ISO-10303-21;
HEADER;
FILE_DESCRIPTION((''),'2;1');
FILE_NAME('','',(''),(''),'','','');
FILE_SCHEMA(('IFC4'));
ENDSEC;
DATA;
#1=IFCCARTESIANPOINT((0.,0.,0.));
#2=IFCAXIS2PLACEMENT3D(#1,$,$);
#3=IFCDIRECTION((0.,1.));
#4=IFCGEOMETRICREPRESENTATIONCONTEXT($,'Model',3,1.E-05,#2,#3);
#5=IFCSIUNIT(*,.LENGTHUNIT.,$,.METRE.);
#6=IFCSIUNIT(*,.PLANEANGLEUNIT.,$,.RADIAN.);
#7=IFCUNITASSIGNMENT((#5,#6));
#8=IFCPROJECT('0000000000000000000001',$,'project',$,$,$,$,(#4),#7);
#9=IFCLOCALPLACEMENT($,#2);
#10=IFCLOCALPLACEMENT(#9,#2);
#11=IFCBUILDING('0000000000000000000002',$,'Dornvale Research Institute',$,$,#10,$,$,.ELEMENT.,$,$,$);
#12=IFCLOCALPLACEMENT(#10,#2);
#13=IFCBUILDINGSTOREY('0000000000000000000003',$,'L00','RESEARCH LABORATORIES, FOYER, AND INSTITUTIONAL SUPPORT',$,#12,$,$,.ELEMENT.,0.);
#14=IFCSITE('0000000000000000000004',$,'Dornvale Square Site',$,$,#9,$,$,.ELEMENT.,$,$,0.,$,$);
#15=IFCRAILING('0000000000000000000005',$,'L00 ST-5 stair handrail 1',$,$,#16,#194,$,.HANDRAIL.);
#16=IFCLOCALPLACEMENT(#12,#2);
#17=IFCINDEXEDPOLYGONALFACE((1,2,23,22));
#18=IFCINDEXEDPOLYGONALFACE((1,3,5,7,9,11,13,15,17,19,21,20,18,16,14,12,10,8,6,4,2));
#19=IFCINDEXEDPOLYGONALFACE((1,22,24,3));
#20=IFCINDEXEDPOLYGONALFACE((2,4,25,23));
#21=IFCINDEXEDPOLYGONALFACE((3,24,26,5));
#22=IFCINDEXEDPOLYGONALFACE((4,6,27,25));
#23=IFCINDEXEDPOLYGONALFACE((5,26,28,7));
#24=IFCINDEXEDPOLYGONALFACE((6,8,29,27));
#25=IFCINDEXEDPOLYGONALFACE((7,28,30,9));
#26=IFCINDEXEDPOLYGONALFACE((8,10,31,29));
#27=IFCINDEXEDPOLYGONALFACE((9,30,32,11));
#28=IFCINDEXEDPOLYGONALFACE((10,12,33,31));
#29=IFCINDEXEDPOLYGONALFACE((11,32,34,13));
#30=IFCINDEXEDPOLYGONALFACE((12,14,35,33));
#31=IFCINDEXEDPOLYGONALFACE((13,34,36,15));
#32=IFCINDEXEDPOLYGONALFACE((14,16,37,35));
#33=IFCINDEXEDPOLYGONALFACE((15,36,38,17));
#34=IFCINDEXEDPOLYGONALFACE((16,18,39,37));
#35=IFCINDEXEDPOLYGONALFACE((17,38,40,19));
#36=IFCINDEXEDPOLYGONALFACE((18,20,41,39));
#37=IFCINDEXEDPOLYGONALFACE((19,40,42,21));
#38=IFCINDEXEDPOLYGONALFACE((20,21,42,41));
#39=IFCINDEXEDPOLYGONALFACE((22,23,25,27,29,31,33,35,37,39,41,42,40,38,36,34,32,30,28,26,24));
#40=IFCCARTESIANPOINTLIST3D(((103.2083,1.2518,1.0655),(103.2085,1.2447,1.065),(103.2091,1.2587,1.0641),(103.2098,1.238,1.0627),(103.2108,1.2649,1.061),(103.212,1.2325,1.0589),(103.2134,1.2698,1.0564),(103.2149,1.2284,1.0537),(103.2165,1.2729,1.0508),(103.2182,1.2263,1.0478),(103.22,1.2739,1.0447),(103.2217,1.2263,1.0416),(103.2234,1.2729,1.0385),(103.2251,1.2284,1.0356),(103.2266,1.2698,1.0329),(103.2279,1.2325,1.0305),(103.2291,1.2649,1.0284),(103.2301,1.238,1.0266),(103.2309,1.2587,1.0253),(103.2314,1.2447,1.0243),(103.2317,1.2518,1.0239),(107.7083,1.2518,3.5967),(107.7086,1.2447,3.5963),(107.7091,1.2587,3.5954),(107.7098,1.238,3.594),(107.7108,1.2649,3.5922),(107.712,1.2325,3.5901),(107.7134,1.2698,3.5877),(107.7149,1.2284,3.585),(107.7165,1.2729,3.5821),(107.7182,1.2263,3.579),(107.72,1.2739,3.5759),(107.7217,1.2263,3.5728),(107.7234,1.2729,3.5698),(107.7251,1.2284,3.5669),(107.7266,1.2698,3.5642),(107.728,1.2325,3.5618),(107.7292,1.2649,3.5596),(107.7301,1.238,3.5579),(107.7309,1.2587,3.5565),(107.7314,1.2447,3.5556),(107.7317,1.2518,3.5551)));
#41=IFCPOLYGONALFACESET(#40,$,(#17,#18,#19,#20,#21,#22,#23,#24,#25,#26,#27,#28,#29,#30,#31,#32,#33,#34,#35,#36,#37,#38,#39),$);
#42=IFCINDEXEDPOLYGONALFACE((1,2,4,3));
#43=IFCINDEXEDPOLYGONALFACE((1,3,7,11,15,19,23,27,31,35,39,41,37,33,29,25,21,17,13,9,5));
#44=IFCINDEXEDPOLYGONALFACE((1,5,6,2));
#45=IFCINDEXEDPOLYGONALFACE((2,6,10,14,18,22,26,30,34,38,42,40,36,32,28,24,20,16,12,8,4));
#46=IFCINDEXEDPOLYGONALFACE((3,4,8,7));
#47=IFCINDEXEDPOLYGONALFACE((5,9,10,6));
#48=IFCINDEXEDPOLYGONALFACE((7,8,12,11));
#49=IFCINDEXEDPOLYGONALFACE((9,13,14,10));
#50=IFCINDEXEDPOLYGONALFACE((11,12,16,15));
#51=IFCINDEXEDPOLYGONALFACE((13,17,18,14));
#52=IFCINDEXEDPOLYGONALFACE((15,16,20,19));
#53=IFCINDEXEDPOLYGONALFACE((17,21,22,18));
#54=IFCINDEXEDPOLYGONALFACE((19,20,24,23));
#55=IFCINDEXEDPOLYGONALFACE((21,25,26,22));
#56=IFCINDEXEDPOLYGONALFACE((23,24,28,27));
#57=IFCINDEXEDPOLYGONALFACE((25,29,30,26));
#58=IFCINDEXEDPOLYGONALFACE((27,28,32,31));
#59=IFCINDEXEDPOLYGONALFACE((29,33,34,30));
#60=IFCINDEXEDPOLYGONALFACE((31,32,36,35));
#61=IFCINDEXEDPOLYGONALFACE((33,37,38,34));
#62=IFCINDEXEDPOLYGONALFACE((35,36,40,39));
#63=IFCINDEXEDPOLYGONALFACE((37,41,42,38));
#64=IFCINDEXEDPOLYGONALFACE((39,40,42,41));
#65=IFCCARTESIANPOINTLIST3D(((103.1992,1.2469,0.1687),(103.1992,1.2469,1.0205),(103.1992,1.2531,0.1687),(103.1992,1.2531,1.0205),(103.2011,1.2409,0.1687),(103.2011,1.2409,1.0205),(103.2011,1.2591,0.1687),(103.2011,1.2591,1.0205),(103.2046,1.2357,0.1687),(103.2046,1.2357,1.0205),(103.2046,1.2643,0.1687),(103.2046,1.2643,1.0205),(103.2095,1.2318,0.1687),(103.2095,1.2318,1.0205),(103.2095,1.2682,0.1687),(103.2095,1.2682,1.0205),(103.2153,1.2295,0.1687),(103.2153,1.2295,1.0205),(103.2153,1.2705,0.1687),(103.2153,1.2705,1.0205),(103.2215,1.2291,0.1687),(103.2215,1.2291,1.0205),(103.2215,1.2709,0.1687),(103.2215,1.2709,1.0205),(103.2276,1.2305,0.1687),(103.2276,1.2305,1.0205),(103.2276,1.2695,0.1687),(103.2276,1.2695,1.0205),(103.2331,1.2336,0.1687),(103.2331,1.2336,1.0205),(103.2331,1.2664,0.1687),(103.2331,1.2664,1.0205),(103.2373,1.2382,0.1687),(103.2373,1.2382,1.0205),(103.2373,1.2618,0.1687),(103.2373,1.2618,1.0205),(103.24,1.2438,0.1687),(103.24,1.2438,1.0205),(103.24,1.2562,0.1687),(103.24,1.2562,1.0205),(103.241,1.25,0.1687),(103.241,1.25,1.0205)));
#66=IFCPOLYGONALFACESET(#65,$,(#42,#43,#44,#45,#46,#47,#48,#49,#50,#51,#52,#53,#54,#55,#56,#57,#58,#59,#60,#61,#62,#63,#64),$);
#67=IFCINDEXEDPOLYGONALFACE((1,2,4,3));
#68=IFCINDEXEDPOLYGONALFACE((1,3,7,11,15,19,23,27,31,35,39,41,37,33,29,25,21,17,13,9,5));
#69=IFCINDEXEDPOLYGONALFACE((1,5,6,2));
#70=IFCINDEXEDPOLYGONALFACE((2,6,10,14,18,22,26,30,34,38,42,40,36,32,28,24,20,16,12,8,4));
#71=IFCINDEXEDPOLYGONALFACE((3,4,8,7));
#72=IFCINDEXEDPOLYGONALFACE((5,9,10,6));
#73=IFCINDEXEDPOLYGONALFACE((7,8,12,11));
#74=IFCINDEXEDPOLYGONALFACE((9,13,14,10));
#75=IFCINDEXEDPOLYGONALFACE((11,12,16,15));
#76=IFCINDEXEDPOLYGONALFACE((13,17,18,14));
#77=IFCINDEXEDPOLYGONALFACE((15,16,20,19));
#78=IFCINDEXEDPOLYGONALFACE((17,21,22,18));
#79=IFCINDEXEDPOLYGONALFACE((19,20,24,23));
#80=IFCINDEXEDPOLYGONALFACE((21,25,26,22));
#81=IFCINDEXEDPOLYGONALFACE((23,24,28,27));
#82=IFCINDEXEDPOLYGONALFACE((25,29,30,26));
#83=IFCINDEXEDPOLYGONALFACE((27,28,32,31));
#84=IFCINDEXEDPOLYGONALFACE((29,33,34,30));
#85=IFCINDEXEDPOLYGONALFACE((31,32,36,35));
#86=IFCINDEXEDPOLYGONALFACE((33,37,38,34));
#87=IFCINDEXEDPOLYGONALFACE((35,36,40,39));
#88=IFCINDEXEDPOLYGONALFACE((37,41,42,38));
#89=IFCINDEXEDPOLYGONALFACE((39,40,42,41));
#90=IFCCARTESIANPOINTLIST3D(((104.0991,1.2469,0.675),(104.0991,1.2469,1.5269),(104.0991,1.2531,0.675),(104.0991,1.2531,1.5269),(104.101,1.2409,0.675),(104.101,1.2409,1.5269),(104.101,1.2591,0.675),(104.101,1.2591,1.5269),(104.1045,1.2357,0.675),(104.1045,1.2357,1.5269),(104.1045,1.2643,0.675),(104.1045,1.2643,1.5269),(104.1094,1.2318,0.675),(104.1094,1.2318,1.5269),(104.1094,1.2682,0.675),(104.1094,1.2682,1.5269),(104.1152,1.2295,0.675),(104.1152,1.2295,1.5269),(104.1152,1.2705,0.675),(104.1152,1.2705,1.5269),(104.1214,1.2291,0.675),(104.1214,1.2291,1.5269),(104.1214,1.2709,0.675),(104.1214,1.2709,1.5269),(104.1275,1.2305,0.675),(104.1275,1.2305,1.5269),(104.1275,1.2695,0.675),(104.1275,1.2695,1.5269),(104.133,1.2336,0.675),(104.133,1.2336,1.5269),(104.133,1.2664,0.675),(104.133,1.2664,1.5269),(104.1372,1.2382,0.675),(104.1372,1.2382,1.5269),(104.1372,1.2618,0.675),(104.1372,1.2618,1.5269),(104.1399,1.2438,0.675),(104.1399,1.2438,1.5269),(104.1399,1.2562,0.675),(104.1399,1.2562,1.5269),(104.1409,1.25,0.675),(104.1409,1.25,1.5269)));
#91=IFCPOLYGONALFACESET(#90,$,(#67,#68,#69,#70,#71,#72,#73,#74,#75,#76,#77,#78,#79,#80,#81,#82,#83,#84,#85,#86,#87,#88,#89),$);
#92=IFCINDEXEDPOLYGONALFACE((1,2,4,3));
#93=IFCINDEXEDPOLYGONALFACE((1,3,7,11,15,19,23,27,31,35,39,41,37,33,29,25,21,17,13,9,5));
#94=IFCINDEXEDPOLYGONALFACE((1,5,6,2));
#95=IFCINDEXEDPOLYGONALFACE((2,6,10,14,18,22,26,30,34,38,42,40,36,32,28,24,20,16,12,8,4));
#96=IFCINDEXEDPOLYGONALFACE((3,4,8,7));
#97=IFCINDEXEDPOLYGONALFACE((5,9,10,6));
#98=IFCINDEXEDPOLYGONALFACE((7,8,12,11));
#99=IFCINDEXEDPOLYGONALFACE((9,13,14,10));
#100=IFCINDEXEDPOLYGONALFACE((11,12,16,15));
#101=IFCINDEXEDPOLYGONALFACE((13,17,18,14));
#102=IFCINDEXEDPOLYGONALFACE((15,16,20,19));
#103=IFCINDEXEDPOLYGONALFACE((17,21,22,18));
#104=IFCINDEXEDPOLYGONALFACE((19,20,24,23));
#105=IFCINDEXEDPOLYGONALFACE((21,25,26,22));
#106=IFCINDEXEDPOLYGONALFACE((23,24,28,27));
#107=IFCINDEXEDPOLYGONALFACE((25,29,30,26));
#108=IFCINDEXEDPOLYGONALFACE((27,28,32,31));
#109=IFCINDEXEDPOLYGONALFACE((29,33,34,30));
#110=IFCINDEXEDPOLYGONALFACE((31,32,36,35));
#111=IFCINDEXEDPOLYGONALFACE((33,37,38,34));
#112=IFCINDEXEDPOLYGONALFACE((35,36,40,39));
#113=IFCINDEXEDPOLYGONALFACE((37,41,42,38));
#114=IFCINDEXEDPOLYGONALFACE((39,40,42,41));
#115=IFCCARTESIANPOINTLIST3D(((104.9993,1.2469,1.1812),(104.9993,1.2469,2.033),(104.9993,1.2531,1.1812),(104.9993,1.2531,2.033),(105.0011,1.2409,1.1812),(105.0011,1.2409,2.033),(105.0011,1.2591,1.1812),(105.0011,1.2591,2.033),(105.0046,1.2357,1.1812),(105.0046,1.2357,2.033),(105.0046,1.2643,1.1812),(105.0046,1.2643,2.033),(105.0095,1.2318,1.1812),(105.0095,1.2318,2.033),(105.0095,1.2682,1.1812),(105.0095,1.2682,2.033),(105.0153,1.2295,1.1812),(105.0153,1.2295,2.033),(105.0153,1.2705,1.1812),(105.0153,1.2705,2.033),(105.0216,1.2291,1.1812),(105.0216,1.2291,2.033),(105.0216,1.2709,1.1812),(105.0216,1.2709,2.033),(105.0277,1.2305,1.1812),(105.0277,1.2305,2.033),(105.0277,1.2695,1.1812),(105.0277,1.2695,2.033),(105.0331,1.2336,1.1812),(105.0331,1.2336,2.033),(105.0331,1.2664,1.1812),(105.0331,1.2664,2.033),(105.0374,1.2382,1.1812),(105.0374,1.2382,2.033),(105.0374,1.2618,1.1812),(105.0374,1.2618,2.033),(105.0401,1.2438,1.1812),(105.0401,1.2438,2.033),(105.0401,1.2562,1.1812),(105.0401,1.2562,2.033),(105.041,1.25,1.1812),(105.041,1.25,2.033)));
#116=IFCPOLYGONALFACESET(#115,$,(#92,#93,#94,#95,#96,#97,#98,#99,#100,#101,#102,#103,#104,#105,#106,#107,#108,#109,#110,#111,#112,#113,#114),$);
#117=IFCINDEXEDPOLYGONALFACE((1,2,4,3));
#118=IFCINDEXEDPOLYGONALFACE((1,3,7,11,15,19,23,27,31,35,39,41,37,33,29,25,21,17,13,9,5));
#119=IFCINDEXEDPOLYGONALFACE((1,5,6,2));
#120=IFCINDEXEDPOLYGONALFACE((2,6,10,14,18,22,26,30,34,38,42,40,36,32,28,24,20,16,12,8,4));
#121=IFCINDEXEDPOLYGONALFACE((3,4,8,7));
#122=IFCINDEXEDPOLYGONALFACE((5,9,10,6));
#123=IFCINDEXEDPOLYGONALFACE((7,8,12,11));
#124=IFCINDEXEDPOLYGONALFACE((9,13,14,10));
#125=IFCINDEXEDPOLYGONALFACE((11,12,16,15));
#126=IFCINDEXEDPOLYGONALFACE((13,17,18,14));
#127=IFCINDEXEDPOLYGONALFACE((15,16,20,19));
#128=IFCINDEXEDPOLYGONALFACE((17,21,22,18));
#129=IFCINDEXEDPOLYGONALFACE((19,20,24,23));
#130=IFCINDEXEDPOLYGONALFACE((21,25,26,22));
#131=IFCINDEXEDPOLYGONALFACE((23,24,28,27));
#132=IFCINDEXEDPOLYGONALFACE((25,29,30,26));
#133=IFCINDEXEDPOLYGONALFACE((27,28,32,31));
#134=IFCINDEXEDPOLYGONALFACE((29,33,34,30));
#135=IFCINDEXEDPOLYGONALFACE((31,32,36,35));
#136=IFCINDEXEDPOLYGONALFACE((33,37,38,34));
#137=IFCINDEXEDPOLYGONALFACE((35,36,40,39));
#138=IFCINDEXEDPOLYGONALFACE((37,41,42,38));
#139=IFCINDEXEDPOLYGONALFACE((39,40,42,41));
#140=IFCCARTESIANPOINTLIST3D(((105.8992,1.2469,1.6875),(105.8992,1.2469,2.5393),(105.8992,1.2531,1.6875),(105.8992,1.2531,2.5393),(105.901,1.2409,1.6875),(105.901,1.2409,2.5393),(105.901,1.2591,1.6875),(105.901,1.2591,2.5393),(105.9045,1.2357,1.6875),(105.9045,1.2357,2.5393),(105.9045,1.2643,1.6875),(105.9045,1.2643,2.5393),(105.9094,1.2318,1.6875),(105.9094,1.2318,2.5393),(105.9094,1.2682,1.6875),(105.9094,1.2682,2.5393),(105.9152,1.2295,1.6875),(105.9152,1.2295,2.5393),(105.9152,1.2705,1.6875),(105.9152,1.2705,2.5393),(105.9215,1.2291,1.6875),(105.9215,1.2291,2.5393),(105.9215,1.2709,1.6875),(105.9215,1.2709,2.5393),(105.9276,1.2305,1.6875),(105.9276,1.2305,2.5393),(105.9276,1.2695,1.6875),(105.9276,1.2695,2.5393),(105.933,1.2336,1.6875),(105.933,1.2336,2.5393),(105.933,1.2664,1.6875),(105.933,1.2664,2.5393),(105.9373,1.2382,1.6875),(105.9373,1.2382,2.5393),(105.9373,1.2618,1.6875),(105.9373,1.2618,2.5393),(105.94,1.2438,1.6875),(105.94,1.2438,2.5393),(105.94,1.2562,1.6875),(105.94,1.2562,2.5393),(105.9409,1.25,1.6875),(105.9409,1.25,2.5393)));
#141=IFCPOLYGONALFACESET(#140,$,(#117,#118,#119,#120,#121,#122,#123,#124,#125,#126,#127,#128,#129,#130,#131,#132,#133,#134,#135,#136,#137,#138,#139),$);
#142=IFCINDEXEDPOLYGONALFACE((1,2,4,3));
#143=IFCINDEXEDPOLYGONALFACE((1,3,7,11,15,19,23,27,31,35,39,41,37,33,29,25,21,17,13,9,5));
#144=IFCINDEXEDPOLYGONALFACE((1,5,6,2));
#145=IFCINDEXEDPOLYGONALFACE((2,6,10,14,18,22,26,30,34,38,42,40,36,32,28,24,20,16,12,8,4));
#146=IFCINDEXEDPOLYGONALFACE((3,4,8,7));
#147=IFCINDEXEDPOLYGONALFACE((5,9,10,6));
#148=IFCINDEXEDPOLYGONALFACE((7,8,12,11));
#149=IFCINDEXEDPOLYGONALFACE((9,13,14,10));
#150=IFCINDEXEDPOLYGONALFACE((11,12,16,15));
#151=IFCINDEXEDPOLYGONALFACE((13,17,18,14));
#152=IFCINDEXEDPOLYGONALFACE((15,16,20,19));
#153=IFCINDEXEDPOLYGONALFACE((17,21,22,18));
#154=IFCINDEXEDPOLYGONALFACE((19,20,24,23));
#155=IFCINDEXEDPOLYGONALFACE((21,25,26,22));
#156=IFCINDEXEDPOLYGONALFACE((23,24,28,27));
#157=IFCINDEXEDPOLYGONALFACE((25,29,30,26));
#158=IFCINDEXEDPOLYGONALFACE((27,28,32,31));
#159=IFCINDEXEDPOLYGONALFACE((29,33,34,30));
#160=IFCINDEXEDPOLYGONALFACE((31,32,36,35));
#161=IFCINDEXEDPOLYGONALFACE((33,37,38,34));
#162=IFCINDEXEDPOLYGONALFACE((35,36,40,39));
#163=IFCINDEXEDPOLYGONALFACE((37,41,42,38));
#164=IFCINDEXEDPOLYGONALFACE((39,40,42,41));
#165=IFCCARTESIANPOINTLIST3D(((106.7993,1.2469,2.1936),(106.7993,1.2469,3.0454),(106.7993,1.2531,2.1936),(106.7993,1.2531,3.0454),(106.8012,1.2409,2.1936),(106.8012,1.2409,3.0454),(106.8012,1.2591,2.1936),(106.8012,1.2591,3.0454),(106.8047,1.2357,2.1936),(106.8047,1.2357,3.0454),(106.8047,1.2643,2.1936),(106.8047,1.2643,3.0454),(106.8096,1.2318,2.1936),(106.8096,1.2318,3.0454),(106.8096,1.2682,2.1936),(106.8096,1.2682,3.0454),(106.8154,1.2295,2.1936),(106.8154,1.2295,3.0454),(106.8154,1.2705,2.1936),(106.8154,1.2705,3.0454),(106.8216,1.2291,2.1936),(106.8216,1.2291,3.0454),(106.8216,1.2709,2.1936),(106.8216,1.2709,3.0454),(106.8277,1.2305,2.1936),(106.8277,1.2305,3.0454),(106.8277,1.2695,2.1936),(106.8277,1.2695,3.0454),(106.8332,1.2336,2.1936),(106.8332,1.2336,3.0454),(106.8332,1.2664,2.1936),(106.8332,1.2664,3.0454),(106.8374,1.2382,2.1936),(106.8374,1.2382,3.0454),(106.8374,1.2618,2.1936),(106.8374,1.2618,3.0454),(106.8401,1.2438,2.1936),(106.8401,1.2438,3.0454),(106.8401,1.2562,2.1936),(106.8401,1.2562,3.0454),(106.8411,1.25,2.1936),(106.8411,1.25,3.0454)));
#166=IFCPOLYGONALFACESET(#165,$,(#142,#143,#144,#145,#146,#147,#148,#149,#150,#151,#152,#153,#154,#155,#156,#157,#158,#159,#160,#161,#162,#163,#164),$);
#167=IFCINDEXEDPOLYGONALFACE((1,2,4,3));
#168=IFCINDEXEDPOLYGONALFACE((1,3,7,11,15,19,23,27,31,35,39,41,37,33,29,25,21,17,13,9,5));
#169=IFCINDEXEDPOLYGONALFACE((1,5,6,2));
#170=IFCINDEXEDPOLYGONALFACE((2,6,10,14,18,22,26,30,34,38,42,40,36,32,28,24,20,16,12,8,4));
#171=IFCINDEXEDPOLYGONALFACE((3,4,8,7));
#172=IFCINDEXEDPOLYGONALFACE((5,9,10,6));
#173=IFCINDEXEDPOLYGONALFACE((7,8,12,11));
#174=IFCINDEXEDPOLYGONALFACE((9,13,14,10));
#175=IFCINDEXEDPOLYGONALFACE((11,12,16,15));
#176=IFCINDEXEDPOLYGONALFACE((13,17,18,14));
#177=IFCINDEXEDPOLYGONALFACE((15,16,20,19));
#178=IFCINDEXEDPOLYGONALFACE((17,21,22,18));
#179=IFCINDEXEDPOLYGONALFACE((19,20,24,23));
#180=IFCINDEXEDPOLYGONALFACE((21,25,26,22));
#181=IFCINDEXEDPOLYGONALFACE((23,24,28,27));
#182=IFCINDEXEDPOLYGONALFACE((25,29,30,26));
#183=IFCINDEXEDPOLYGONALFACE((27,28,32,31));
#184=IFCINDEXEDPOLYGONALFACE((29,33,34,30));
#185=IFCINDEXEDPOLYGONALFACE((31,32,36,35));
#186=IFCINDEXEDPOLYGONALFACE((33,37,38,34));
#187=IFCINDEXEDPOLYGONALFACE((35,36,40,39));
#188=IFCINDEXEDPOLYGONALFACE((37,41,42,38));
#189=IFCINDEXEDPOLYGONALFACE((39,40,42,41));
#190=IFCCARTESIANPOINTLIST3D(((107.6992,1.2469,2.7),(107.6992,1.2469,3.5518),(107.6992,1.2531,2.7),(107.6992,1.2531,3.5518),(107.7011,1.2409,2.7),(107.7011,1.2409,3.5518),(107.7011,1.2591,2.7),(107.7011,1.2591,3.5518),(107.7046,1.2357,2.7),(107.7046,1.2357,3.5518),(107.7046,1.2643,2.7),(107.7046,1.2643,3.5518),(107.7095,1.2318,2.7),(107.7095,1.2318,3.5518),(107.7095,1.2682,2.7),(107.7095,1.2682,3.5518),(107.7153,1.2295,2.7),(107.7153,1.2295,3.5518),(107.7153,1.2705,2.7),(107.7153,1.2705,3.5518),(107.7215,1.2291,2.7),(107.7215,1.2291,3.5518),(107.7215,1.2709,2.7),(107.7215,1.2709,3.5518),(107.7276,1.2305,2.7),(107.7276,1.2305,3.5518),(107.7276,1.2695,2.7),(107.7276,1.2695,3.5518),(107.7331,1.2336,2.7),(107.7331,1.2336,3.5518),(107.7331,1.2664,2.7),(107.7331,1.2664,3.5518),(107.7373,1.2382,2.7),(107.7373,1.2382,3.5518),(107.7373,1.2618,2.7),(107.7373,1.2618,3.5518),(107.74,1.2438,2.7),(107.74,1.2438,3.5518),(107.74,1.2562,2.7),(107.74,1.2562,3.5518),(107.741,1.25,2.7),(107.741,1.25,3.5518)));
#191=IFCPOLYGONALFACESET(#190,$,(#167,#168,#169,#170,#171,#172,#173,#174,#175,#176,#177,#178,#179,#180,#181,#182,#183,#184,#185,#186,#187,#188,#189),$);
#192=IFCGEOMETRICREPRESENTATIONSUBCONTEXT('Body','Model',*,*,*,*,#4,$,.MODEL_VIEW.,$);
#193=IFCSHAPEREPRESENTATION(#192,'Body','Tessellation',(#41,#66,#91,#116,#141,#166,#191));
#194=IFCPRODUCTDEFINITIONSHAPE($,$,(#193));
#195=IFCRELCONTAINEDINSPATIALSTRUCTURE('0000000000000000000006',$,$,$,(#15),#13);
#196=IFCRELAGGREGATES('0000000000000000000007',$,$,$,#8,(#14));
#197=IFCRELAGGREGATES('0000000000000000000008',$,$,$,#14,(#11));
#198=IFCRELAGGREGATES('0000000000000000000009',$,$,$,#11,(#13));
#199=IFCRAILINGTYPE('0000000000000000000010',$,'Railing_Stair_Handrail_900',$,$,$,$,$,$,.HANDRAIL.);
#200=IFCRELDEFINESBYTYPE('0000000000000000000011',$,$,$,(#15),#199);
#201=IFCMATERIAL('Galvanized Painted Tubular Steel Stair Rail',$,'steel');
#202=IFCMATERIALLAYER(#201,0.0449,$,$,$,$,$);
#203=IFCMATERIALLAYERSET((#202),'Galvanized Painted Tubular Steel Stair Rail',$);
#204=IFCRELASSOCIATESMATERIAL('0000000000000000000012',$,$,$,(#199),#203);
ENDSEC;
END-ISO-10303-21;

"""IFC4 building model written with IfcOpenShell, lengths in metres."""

from ifc_helpers import new_model, si_unit, direction, frame, origin, origin_2d, place, context, subcontext, project, spatial, circle, extrude, material, layer, layer_set, type_object, element, save


model = new_model("IFC4")

# Units and contexts
model_context = context("Model", 3, precision=1e-05, world=origin(), true_north=direction((0.0, 1.0)))
body_context = subcontext(model_context, "Body", "Model", "MODEL_VIEW")
ifc_project = project(units=[si_unit("LENGTHUNIT", "METRE"), si_unit("PLANEANGLEUNIT", "RADIAN")], contexts=[model_context])

# Site, building, storey
site_placement = place(None, origin())
site = spatial("IfcSite", under=ifc_project, at=site_placement, Name="Dornvale Square Site", CompositionType="ELEMENT", RefElevation=0.0)
building_placement = place(site_placement, origin())
building = spatial("IfcBuilding", under=site, at=building_placement, Name="Dornvale Research Institute", CompositionType="ELEMENT")
storey_placement = place(building_placement, origin())
storey = spatial("IfcBuildingStorey", under=building, at=storey_placement, Name="L00", Description="RESEARCH LABORATORIES, FOYER, AND INSTITUTIONAL SUPPORT", CompositionType="ELEMENT", Elevation=0.0)

# Railing
ifc_material_1 = material(Name="Galvanized Painted Tubular Steel Stair Rail", Category="steel")
ifc_layer_1 = layer(ifc_material_1, 0.0449)
ifc_layer_set_1 = layer_set([ifc_layer_1], Name="Galvanized Painted Tubular Steel Stair Rail")
railing_type_1 = type_object("IfcRailingType", Name="Railing_Stair_Handrail_900", PredefinedType="HANDRAIL", material=ifc_layer_set_1)
railing_1_placement = place(storey_placement, frame((103.22, 1.25, 0.1687)))
element("IfcRailing", 1, at=railing_1_placement, inside=storey, type_object=railing_type_1, Name="L00 ST-5 stair handrail 1", PredefinedType="HANDRAIL", context=body_context, shape_type="SweptSolid", body=[
    extrude(circle(Radius=0.0239, at=origin_2d()), frame((0.0, 0.0, 0.876), z_axis=(0.871576, 0.0, 0.490261), x_axis=(0.0, 1.0, 0.0)), (0.0, 0.0, 1.0), 5.1631),
    extrude(circle(Radius=0.021, at=origin_2d()), origin(), (0.0, 0.0, 1.0), 0.8518),
    extrude(circle(Radius=0.021, at=origin_2d()), frame((0.8999, 0.0, 0.5063)), (0.0, 0.0, 1.0), 0.8518),
    extrude(circle(Radius=0.021, at=origin_2d()), frame((1.8, 0.0, 1.0125)), (0.0, 0.0, 1.0), 0.8518),
    extrude(circle(Radius=0.021, at=origin_2d()), frame((2.7, 0.0, 1.5188)), (0.0, 0.0, 1.0), 0.8518),
    extrude(circle(Radius=0.021, at=origin_2d()), frame((3.6001, 0.0, 2.0249)), (0.0, 0.0, 1.0), 0.8518),
    extrude(circle(Radius=0.021, at=origin_2d()), frame((4.5, 0.0, 2.5312)), (0.0, 0.0, 1.0), 0.8518),
])

save(model, "model.ifc")
